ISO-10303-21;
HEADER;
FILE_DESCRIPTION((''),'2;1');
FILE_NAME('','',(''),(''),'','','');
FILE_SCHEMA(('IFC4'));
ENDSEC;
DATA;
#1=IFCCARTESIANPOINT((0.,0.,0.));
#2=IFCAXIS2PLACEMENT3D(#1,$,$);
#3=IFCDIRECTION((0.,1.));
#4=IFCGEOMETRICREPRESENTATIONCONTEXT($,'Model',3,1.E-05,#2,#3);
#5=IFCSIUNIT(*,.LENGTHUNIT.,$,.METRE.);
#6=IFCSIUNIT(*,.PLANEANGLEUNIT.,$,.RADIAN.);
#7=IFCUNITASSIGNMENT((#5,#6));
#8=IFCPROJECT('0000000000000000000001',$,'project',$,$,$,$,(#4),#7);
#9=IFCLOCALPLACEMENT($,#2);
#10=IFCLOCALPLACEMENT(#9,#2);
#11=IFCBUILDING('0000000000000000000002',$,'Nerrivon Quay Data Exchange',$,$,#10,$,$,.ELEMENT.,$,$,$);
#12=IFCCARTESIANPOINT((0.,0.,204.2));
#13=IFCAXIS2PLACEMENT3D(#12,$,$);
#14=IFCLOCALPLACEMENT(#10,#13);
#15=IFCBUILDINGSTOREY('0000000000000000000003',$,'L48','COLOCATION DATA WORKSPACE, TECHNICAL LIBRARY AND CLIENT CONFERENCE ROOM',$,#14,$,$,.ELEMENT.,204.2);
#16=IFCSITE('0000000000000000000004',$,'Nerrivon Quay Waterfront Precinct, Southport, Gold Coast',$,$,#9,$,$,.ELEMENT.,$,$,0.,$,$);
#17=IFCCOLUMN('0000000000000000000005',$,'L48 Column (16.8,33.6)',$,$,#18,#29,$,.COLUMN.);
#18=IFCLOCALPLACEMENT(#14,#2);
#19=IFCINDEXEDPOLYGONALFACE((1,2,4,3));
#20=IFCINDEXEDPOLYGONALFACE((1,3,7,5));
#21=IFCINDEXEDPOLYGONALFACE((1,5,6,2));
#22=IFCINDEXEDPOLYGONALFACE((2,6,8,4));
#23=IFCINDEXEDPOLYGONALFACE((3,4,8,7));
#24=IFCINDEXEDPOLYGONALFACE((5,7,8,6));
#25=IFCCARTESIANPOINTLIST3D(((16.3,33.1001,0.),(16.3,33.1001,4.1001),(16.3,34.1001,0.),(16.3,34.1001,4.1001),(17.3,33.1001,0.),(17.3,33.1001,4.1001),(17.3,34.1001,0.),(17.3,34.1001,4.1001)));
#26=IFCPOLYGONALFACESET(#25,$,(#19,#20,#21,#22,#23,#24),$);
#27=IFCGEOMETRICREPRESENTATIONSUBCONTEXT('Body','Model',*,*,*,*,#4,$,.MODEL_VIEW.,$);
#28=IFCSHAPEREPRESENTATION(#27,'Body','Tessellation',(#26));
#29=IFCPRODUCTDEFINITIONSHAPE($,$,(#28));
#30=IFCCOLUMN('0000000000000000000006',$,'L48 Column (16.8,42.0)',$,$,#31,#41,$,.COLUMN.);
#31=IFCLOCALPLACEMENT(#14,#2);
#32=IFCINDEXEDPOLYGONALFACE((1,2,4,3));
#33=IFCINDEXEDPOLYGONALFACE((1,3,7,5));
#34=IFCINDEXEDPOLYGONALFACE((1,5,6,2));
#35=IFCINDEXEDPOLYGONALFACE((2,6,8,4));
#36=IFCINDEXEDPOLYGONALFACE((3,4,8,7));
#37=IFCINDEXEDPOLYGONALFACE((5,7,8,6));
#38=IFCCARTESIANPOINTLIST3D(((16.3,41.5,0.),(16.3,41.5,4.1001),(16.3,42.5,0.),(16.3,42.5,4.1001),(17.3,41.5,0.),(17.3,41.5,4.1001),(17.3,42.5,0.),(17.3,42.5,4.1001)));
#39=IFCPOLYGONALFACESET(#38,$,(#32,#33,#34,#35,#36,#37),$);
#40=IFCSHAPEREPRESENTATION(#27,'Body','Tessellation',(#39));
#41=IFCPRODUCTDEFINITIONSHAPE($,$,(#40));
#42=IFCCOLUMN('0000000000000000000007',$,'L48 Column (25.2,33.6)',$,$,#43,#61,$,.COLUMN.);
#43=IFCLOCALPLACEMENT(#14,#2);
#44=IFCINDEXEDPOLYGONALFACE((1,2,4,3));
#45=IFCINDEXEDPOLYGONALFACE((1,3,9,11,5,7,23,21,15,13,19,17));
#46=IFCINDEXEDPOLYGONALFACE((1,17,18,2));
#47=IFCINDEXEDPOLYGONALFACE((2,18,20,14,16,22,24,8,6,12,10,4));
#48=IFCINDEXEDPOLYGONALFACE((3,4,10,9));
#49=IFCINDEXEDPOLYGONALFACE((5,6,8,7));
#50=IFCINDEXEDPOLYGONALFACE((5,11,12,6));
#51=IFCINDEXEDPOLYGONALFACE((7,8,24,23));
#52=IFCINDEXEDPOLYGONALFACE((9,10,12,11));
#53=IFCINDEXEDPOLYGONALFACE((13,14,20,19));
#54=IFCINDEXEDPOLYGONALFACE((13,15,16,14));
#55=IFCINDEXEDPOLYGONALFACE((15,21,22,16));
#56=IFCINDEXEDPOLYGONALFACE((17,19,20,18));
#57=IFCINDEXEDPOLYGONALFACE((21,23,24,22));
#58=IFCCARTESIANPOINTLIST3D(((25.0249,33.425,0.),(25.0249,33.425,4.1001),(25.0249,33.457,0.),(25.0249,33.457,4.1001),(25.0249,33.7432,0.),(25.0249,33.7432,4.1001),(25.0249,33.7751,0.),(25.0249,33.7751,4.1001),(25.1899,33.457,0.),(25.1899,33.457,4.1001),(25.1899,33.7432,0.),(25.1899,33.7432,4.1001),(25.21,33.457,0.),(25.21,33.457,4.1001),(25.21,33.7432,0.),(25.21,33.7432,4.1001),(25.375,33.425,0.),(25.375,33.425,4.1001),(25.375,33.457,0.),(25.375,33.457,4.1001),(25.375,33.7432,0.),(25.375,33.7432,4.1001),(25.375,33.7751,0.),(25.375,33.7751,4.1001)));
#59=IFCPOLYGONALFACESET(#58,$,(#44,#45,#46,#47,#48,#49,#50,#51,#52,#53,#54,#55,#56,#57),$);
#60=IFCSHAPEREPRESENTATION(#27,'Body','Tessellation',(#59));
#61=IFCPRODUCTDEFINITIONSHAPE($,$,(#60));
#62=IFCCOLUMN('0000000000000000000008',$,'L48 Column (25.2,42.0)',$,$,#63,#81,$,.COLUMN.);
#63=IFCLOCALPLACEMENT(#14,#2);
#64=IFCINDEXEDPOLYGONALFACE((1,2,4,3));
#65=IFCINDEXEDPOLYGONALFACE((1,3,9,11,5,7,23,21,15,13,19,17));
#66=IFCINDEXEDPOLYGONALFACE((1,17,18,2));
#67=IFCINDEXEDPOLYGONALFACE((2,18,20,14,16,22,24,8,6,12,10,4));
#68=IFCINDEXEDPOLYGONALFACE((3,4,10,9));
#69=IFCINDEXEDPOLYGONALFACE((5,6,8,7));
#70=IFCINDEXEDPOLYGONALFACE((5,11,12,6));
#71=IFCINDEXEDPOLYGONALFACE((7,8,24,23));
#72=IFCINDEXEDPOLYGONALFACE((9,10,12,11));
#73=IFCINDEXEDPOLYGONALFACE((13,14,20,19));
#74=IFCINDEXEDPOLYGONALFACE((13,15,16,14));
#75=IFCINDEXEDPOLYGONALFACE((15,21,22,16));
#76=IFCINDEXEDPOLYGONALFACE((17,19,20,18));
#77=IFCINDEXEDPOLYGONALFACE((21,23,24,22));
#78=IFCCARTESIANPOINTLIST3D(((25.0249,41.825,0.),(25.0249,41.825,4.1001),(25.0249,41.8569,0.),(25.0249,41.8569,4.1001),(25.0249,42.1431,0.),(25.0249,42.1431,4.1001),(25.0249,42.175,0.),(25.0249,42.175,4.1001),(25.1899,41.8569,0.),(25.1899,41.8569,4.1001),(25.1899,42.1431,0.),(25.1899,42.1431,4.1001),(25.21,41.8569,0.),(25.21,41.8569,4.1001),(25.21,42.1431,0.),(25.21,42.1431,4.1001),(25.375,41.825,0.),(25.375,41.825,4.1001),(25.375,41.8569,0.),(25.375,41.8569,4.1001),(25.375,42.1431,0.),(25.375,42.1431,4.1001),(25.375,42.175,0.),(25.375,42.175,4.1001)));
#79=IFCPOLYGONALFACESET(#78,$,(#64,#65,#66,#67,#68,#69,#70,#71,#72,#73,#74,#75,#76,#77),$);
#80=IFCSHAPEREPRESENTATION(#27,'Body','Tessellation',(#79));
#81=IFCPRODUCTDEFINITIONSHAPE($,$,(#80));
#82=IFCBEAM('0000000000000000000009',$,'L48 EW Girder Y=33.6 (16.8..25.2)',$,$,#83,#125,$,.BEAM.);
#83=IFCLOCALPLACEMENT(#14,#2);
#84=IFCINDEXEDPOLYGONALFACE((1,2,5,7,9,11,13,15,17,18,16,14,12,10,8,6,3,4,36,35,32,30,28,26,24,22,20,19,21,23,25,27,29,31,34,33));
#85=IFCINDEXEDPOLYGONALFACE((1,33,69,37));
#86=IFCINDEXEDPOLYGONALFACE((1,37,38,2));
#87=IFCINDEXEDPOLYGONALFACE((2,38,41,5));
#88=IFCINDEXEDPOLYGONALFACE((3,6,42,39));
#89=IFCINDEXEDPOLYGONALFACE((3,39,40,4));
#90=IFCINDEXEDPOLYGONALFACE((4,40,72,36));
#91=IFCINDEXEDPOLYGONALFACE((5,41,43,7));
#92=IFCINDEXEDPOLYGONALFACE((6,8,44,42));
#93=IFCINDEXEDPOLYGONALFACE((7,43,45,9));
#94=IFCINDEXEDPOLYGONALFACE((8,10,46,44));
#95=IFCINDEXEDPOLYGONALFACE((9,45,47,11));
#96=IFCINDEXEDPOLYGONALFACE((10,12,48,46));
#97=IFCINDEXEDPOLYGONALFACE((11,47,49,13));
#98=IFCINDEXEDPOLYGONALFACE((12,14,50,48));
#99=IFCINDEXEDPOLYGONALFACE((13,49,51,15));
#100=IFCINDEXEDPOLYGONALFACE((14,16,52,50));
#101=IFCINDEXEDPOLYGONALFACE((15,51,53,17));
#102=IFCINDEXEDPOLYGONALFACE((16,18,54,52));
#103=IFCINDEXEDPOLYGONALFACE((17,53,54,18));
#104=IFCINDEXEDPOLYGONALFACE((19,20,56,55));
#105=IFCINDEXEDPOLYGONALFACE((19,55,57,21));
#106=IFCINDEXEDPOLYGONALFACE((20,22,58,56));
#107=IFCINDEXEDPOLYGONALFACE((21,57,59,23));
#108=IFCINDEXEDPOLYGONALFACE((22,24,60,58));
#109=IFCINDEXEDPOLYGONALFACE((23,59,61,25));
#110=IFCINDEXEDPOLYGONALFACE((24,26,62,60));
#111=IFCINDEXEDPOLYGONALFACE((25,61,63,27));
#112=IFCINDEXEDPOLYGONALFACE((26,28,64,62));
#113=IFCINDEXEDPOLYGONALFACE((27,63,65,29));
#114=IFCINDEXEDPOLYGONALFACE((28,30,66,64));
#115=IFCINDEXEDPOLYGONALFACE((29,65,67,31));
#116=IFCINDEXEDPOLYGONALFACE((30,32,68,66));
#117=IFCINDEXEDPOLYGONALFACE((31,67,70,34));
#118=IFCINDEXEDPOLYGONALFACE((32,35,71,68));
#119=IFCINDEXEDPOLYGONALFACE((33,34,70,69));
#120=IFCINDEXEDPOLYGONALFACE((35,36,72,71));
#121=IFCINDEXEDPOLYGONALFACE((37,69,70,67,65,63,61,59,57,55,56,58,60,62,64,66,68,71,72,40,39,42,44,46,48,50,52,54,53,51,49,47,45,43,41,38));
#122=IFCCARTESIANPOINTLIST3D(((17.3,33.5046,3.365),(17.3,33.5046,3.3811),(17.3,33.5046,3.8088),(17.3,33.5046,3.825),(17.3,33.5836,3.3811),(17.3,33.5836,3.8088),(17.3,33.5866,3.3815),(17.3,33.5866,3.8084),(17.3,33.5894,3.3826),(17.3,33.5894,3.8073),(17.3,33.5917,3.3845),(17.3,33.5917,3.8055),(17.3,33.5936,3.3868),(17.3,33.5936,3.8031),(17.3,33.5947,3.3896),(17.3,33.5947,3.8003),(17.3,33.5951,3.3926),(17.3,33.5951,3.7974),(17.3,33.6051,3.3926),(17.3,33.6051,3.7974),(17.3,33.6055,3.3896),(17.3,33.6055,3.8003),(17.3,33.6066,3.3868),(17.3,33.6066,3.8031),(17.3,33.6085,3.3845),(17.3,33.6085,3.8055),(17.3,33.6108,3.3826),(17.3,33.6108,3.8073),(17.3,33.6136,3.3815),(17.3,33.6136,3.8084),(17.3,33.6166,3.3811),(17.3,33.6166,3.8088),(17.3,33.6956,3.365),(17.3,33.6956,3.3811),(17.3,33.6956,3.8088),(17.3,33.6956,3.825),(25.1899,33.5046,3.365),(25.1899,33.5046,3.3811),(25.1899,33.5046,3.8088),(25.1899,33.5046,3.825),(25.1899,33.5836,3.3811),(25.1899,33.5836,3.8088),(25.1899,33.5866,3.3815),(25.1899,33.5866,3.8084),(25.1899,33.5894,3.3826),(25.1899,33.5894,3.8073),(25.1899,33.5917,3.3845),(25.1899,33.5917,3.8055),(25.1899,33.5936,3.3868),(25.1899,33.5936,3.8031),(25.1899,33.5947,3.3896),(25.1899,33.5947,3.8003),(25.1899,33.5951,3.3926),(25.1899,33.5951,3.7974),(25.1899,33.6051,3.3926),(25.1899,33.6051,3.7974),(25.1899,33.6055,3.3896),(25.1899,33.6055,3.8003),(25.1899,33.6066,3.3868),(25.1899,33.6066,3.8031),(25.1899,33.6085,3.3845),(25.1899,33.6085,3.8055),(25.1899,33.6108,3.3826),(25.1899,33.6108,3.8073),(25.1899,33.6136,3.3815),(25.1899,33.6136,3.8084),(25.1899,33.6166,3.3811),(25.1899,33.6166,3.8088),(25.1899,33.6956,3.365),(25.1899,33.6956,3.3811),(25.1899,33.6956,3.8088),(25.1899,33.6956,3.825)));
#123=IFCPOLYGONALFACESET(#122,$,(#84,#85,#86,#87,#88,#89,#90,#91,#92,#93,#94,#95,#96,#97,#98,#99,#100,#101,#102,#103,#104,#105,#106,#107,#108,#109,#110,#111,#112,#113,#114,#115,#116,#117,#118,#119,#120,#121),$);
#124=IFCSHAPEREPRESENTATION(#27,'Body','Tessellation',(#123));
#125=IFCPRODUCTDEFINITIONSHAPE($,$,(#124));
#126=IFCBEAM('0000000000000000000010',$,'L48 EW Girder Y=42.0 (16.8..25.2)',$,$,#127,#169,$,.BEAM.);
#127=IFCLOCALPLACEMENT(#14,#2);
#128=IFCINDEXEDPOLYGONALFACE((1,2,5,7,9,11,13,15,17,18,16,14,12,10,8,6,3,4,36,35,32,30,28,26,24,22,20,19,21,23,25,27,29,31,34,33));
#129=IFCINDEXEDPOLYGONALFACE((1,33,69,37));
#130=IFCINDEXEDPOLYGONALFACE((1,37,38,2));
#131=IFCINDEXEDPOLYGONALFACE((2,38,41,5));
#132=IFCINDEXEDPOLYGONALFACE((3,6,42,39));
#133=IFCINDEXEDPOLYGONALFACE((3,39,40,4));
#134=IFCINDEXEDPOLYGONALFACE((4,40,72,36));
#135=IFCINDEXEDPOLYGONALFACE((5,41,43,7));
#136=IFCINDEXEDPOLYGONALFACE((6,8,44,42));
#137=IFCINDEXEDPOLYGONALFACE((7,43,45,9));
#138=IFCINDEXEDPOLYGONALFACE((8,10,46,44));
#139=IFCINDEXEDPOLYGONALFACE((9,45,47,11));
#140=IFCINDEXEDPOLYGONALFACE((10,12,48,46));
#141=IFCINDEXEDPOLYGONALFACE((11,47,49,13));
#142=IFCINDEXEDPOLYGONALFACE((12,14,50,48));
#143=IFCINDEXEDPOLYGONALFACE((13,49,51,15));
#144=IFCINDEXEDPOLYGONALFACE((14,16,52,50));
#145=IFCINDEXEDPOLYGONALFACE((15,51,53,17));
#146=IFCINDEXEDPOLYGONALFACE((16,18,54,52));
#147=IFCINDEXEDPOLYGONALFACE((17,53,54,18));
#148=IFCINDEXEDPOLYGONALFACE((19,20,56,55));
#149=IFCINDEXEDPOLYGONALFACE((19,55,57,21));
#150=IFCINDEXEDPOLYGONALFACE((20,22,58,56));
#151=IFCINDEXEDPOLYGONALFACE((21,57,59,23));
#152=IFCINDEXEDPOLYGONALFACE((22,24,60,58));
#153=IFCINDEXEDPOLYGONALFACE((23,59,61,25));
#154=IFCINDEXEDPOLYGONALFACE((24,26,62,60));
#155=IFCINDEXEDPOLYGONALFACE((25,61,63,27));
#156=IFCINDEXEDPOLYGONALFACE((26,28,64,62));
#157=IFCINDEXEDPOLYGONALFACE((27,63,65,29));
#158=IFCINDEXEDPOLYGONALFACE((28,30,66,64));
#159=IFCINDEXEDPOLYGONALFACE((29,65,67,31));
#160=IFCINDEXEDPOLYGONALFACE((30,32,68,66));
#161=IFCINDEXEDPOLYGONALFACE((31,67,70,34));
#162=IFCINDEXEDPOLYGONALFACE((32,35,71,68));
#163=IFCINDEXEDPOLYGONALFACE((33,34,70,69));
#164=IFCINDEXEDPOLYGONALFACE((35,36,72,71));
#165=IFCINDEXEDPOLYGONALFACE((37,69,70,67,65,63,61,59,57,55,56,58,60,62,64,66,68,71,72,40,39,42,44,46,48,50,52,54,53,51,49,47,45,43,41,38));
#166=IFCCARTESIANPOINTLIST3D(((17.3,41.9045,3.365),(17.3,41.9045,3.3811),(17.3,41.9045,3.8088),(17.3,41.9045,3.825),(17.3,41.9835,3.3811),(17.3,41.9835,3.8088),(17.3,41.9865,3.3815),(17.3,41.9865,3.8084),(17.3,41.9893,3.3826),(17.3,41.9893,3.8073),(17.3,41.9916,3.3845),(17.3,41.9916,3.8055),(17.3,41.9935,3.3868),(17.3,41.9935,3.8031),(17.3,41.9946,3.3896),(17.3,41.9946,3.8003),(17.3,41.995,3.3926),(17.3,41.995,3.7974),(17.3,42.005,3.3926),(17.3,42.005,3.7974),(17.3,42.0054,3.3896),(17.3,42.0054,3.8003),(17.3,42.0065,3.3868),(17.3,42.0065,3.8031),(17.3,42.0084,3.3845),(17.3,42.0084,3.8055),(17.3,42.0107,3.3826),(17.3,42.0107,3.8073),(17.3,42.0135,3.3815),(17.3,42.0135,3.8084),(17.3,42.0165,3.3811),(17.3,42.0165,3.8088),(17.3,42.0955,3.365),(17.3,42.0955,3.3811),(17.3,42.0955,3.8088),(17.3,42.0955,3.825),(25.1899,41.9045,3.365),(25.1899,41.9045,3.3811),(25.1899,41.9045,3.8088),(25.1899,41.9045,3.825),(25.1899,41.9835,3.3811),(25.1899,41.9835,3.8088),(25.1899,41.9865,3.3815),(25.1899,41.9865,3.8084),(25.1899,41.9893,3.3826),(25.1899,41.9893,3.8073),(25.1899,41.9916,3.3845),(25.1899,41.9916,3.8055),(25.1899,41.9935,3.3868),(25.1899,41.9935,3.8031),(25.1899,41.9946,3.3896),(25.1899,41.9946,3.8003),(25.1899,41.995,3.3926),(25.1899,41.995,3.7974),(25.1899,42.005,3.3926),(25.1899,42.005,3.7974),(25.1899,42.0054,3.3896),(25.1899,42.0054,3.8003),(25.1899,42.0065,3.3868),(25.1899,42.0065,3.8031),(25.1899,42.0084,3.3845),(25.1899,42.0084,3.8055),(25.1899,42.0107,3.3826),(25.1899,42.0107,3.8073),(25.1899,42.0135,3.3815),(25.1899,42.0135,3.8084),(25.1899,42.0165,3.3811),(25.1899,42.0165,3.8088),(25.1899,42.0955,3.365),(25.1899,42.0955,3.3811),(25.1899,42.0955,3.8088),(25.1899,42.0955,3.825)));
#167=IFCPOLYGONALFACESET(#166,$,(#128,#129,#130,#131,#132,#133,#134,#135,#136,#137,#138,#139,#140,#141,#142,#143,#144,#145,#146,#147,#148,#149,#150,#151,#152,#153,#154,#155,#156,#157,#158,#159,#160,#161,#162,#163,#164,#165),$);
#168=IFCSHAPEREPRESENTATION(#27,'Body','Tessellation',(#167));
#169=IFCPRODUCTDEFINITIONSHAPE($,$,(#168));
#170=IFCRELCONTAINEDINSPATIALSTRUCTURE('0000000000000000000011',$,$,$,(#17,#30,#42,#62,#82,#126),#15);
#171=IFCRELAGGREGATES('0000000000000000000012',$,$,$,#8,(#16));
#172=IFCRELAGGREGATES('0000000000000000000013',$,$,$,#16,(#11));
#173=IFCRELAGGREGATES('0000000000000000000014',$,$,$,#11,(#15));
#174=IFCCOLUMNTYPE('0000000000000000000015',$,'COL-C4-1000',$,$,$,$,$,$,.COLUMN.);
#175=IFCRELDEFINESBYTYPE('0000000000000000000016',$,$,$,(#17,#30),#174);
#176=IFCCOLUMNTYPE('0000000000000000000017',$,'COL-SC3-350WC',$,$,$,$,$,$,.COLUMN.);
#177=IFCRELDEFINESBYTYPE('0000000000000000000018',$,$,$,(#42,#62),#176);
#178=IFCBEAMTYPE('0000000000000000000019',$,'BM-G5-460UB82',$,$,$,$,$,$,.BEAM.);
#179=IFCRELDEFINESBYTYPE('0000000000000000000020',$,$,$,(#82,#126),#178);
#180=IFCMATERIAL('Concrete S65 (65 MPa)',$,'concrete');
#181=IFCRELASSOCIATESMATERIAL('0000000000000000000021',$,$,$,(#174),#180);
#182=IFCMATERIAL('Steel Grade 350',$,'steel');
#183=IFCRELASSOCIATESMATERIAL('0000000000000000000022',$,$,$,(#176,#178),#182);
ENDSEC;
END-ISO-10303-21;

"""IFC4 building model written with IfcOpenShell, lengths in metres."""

from ifc_helpers import new_model, si_unit, direction, frame, origin, origin_2d, place, context, subcontext, project, spatial, rectangle, i_section, extrude, material, material_profile, profile_set, type_object, element, save


model = new_model("IFC4")

# Units and contexts
model_context = context("Model", 3, precision=1e-05, world=origin(), true_north=direction((0.0, 1.0)))
body_context = subcontext(model_context, "Body", "Model", "MODEL_VIEW")
ifc_project = project(units=[si_unit("LENGTHUNIT", "METRE"), si_unit("PLANEANGLEUNIT", "RADIAN")], contexts=[model_context])

# Site, building, storey
site_placement = place(None, origin())
site = spatial("IfcSite", under=ifc_project, at=site_placement, Name="Nerrivon Quay Waterfront Precinct, Southport, Gold Coast", CompositionType="ELEMENT", RefElevation=0.0)
building_placement = place(site_placement, origin())
building = spatial("IfcBuilding", under=site, at=building_placement, Name="Nerrivon Quay Data Exchange", CompositionType="ELEMENT")
storey_placement = place(building_placement, frame((0.0, 0.0, 204.2)))
storey = spatial("IfcBuildingStorey", under=building, at=storey_placement, Name="L48", Description="COLOCATION DATA WORKSPACE, TECHNICAL LIBRARY AND CLIENT CONFERENCE ROOM", CompositionType="ELEMENT", Elevation=204.2)

# Columns
ifc_material_1 = material(Name="Concrete S65 (65 MPa)", Category="concrete")
ifc_material_profile_1 = material_profile(ifc_material_1, rectangle(XDim=1.0, YDim=1.0, at=origin_2d()), Name="RC-COL-1000x1000")
ifc_profile_set_1 = profile_set([ifc_material_profile_1], Name="Concrete S65 (65 MPa)")
column_type_1 = type_object("IfcColumnType", Name="COL-C4-1000", PredefinedType="COLUMN", material=ifc_profile_set_1)
for number, where, z_axis, x_axis, name in (
    (1, (16.8, 33.6001, 0.0), (0.0, 0.0, 1.0), (1.0, 0.0, 0.0), "L48 Column (16.8,33.6)"),
    (2, (16.8, 42.0, 0.0), (0.0, 0.0, 1.0), (1.0, 0.0, 0.0), "L48 Column (16.8,42.0)"),
):
    element("IfcColumn", number, at=place(storey_placement, frame(where, z_axis=z_axis, x_axis=x_axis)), inside=storey, type_object=column_type_1, Name=name, PredefinedType="COLUMN", context=body_context, shape_type="SweptSolid", body=[
        extrude(rectangle(XDim=1.0, YDim=1.0, at=origin_2d()), origin(), (0.0, 0.0, 1.0), 4.1001),
    ])
ifc_material_2 = material(Name="Steel Grade 350", Category="steel")
ifc_material_profile_2 = material_profile(ifc_material_2, i_section(OverallWidth=0.3501, OverallDepth=0.3501, WebThickness=0.02, FlangeThickness=0.032, at=origin_2d()), Name="350WC230")
ifc_profile_set_2 = profile_set([ifc_material_profile_2], Name="Steel Grade 350")
column_type_2 = type_object("IfcColumnType", Name="COL-SC3-350WC", PredefinedType="COLUMN", material=ifc_profile_set_2)
for number, where, z_axis, x_axis, name in (
    (3, (25.2, 33.6001, 0.0), (0.0, 0.0, 1.0), (1.0, 0.0, 0.0), "L48 Column (25.2,33.6)"),
    (4, (25.2, 42.0, 0.0), (0.0, 0.0, 1.0), (1.0, 0.0, 0.0), "L48 Column (25.2,42.0)"),
):
    element("IfcColumn", number, at=place(storey_placement, frame(where, z_axis=z_axis, x_axis=x_axis)), inside=storey, type_object=column_type_2, Name=name, PredefinedType="COLUMN", context=body_context, shape_type="SweptSolid", body=[
        extrude(i_section(OverallWidth=0.3501, OverallDepth=0.3501, WebThickness=0.02, FlangeThickness=0.032, at=origin_2d()), origin(), (0.0, 0.0, 1.0), 4.1001),
    ])

# Beams
ifc_material_profile_3 = material_profile(ifc_material_2, i_section(OverallWidth=0.1909, OverallDepth=0.46, WebThickness=0.01, FlangeThickness=0.0161, FilletRadius=0.0115, at=origin_2d()), Name="460UB82.1")
ifc_profile_set_3 = profile_set([ifc_material_profile_3], Name="Steel Grade 350")
beam_type_1 = type_object("IfcBeamType", Name="BM-G5-460UB82", PredefinedType="BEAM", material=ifc_profile_set_3)
for number, where, z_axis, x_axis, name in (
    (5, (17.3, 33.6001, 3.595), (1.0, 0.0, 0.0), (0.0, 1.0, 0.0), "L48 EW Girder Y=33.6 (16.8..25.2)"),
    (6, (17.3, 42.0, 3.595), (1.0, 0.0, 0.0), (0.0, 1.0, 0.0), "L48 EW Girder Y=42.0 (16.8..25.2)"),
):
    element("IfcBeam", number, at=place(storey_placement, frame(where, z_axis=z_axis, x_axis=x_axis)), inside=storey, type_object=beam_type_1, Name=name, PredefinedType="BEAM", context=body_context, shape_type="SweptSolid", body=[
        extrude(i_section(OverallWidth=0.1909, OverallDepth=0.46, WebThickness=0.01, FlangeThickness=0.0161, FilletRadius=0.0115, at=origin_2d()), origin(), (0.0, 0.0, 1.0), 7.8899),
    ])

save(model, "model.ifc")
